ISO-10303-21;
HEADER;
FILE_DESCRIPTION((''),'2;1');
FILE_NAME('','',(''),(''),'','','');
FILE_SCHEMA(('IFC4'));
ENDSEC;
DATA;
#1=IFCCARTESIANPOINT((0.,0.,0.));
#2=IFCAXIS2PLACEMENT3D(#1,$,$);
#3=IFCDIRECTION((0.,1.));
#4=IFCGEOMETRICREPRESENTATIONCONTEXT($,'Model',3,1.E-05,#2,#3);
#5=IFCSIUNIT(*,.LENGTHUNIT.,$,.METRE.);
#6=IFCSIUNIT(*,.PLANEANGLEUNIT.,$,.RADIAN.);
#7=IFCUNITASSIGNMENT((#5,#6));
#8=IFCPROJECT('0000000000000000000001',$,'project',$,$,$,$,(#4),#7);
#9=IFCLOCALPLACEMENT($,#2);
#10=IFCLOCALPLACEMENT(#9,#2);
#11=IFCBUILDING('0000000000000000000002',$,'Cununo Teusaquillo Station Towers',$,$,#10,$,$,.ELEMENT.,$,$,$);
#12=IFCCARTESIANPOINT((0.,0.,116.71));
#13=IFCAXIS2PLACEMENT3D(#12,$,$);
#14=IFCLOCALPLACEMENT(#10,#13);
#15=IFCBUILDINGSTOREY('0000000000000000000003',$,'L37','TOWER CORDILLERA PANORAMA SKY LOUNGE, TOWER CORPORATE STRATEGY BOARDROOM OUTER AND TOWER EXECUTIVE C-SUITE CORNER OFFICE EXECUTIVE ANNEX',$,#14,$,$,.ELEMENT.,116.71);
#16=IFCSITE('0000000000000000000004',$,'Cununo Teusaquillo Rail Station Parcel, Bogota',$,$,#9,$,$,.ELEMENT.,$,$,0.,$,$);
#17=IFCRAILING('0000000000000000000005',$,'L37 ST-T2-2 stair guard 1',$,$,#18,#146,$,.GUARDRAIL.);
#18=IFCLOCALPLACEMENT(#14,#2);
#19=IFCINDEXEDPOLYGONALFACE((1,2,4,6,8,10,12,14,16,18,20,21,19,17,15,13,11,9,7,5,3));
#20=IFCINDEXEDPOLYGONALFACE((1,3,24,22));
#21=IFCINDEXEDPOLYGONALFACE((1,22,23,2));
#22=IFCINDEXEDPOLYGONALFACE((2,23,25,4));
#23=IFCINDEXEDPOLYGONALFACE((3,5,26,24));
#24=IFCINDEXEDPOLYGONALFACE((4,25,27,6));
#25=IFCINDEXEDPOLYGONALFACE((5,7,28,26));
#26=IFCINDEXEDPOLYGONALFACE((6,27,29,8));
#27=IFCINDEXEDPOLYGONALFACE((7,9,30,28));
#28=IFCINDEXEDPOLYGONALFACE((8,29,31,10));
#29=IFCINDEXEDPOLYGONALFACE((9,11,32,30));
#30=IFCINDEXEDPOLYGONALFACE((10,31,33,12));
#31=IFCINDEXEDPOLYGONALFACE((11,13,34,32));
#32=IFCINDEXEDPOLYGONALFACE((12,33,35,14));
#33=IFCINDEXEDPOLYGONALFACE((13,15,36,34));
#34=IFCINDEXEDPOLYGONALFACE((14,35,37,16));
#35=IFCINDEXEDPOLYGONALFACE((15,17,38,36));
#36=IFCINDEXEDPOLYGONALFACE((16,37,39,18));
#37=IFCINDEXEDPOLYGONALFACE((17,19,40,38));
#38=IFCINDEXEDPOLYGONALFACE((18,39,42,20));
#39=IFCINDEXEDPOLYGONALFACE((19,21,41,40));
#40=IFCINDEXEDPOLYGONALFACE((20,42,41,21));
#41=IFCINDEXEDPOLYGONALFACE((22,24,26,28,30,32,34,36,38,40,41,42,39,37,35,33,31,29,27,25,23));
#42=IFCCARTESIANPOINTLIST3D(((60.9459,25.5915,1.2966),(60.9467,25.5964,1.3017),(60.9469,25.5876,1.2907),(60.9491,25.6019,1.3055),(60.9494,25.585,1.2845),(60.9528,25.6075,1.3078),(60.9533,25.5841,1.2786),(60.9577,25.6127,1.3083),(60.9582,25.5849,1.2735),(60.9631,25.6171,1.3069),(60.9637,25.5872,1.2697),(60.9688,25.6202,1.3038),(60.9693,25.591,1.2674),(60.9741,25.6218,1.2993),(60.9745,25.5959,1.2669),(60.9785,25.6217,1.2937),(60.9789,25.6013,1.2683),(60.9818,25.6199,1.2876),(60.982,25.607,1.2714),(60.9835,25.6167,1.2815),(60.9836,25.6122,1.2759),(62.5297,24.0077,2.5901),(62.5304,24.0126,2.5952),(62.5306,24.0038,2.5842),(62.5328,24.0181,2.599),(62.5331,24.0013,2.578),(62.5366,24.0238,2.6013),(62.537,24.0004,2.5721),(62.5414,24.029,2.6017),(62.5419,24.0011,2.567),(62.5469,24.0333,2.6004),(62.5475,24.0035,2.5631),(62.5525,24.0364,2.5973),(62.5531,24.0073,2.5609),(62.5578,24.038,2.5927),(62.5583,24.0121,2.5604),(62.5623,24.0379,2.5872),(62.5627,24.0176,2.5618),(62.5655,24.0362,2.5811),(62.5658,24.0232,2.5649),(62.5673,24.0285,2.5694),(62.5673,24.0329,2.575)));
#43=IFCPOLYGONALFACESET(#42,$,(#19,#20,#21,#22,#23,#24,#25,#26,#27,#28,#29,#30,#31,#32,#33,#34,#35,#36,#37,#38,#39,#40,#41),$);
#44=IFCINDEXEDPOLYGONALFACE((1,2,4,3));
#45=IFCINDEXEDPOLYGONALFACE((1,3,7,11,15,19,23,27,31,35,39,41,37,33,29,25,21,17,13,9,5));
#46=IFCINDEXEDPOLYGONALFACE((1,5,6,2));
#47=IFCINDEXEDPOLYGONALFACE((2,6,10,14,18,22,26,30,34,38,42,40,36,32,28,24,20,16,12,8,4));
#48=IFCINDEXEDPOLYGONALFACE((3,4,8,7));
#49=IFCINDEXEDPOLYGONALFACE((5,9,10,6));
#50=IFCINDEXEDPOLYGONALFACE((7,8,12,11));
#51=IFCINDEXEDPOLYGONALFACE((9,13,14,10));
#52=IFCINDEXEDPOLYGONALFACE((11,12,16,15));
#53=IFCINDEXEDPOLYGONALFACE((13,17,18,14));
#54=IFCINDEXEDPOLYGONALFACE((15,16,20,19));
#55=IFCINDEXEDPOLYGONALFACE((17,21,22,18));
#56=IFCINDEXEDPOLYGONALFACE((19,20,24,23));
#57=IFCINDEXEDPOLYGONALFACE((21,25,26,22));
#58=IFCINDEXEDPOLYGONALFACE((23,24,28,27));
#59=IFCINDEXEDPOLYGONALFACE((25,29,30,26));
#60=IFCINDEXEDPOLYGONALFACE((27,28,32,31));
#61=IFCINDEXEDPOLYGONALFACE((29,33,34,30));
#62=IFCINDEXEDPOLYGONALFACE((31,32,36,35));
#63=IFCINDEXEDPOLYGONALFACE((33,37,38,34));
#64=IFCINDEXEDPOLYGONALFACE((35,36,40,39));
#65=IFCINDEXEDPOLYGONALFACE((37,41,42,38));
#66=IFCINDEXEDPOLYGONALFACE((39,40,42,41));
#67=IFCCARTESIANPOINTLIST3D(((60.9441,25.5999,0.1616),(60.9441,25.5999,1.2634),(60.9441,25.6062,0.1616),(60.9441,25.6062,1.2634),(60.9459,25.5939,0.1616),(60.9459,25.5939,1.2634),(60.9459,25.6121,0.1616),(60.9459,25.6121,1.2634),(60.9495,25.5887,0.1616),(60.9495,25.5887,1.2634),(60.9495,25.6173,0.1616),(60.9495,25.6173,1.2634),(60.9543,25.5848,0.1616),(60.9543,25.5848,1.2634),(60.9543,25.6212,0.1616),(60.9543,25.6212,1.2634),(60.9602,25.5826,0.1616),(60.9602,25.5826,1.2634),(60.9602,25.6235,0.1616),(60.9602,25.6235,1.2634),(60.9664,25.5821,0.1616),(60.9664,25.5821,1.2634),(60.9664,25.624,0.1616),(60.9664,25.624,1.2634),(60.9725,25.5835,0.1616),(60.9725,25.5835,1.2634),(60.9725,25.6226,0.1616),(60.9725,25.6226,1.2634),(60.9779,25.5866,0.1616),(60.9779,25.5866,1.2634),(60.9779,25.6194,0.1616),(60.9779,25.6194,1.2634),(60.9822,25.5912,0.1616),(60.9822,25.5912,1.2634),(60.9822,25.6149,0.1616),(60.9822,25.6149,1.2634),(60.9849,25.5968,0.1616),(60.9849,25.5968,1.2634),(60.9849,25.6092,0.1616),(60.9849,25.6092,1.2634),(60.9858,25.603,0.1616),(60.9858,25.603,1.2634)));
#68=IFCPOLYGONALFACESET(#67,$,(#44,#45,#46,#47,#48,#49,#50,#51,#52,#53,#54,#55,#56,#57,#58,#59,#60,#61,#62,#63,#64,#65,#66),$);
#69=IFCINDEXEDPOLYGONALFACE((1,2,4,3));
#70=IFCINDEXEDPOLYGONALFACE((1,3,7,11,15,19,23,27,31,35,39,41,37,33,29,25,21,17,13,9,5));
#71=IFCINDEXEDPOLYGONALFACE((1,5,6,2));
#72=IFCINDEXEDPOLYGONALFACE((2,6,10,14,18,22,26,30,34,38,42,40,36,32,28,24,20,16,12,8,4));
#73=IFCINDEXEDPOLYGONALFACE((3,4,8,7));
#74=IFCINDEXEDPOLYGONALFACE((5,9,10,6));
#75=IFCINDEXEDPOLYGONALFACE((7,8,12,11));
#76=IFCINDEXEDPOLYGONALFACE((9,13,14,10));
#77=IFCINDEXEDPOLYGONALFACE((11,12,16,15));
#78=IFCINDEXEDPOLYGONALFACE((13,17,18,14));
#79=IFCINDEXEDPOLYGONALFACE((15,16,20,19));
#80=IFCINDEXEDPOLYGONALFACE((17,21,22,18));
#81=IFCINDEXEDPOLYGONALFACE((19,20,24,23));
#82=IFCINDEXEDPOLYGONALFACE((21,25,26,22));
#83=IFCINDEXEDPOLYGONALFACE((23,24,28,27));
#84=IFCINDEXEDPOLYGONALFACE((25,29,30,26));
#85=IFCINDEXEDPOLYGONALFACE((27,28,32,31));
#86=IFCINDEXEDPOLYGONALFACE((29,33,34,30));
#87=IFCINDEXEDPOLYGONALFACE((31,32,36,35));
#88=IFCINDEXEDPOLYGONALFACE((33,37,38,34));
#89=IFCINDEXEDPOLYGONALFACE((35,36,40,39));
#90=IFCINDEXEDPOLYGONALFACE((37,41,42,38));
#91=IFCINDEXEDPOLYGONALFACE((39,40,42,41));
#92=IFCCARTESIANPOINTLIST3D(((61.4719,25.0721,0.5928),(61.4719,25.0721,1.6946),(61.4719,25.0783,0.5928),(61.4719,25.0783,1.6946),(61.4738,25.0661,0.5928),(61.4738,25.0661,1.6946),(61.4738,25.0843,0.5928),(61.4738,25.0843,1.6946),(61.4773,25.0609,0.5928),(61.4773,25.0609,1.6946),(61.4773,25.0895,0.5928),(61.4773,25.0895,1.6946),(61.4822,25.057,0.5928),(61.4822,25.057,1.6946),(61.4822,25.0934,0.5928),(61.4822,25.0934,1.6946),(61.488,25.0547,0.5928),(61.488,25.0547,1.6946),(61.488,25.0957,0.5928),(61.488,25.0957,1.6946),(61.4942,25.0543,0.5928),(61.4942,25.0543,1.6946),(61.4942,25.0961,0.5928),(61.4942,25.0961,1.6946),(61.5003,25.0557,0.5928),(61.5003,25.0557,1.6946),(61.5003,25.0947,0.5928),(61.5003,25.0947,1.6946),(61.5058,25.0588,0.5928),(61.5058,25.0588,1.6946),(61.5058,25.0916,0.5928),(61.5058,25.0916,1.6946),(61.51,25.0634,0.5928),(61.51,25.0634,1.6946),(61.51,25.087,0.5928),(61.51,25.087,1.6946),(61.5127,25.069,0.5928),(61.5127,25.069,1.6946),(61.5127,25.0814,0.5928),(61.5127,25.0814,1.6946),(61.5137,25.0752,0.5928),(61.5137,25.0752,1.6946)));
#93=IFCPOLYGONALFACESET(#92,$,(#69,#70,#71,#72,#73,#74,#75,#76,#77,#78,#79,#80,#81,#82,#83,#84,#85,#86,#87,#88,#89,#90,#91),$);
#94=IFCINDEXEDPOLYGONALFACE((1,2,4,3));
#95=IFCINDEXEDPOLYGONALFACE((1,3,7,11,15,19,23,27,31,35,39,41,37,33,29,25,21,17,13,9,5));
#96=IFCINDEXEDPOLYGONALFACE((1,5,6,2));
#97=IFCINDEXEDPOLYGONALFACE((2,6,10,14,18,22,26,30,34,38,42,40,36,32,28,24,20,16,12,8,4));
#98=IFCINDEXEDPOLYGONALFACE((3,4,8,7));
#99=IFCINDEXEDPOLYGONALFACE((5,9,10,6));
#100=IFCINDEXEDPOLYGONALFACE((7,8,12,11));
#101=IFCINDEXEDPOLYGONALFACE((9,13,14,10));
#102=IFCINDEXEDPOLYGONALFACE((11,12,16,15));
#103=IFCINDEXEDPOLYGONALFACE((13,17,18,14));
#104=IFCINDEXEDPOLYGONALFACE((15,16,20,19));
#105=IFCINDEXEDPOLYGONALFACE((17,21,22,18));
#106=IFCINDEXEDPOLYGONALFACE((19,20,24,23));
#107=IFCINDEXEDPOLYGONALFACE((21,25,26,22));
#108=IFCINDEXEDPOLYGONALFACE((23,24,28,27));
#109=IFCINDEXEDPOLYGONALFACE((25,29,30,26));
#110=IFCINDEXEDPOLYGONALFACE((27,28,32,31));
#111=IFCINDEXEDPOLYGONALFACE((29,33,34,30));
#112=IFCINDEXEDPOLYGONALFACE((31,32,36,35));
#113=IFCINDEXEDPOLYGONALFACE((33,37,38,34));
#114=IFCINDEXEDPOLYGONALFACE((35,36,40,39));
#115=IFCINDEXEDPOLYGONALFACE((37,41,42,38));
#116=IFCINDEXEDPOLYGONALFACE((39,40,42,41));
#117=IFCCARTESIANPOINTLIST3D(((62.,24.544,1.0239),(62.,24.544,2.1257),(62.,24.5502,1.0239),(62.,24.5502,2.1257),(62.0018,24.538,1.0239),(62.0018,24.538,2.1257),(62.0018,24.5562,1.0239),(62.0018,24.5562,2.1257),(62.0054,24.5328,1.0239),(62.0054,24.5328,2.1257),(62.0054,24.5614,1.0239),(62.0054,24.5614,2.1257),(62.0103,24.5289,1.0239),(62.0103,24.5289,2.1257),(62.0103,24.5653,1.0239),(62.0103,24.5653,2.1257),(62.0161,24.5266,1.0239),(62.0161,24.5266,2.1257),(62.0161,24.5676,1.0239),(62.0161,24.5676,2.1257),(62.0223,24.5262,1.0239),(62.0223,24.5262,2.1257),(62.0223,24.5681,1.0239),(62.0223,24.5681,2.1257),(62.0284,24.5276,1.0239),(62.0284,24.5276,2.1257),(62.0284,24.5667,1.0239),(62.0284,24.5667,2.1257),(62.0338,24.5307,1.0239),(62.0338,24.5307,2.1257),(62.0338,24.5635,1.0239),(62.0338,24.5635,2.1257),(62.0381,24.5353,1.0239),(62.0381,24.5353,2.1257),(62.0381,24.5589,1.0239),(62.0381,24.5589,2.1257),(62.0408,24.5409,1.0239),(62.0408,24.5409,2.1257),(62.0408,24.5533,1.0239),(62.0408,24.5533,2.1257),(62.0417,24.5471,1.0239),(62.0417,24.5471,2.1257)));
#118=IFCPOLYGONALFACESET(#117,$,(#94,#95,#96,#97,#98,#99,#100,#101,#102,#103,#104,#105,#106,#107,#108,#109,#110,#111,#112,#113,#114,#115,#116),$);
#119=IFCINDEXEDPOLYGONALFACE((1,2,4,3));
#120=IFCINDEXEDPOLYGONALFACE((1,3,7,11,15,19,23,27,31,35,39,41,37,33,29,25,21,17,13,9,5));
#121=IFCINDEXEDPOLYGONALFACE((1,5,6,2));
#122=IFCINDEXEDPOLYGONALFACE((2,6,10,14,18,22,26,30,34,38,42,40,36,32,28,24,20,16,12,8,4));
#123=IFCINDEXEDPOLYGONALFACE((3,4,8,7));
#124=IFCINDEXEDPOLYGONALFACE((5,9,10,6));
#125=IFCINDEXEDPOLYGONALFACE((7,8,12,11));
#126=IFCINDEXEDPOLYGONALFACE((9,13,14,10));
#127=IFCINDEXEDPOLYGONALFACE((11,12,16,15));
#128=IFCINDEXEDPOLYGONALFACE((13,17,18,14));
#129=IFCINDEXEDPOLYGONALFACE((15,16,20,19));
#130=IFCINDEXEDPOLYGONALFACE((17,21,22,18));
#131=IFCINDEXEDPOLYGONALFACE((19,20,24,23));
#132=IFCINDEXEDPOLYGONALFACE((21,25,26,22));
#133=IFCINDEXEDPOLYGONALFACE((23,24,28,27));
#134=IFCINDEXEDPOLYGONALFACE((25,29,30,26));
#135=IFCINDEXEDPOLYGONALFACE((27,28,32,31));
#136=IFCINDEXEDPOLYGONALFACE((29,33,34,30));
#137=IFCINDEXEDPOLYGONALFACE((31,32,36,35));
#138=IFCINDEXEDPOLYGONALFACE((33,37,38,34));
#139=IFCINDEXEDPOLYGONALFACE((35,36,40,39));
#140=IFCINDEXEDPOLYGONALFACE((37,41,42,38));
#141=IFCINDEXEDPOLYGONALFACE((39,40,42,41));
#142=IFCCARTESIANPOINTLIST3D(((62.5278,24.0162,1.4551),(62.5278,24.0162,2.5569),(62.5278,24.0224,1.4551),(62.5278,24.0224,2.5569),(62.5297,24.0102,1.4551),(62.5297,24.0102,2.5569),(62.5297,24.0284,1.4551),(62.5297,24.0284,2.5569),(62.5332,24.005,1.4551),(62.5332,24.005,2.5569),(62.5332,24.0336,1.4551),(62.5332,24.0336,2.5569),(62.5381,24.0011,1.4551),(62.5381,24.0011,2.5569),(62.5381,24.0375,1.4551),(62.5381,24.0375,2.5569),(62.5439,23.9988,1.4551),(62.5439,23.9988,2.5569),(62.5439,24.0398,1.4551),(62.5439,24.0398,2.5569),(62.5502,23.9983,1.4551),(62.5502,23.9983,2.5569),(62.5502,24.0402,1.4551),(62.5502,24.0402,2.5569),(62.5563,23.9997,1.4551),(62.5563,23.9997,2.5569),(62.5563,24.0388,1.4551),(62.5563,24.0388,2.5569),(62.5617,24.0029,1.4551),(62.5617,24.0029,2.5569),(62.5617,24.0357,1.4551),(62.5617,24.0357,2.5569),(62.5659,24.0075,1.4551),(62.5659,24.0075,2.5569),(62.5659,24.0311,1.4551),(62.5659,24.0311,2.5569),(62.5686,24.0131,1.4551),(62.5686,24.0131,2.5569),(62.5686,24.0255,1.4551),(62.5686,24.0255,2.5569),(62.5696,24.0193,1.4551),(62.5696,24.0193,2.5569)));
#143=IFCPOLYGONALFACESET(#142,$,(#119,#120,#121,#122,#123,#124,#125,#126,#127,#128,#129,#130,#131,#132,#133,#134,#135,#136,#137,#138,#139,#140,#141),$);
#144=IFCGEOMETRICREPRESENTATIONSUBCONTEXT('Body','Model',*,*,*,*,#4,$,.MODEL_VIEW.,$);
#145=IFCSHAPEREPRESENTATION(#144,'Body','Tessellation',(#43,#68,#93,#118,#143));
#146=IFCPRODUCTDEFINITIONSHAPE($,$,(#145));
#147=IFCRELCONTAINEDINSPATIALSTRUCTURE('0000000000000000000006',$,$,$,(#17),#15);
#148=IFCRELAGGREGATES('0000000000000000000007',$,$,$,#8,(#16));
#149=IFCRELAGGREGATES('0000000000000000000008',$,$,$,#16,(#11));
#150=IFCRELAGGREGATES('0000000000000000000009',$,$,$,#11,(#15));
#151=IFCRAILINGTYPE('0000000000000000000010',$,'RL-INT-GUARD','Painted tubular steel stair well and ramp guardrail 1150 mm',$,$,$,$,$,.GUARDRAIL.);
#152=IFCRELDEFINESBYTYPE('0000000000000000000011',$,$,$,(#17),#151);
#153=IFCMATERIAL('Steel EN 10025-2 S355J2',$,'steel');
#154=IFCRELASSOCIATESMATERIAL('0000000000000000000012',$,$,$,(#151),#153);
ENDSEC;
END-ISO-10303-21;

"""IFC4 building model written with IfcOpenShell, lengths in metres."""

from ifc_helpers import new_model, si_unit, direction, frame, origin, origin_2d, place, context, subcontext, project, spatial, circle, extrude, material, type_object, element, save


model = new_model("IFC4")

# Units and contexts
model_context = context("Model", 3, precision=1e-05, world=origin(), true_north=direction((0.0, 1.0)))
body_context = subcontext(model_context, "Body", "Model", "MODEL_VIEW")
ifc_project = project(units=[si_unit("LENGTHUNIT", "METRE"), si_unit("PLANEANGLEUNIT", "RADIAN")], contexts=[model_context])

# Site, building, storey
site_placement = place(None, origin())
site = spatial("IfcSite", under=ifc_project, at=site_placement, Name="Cununo Teusaquillo Rail Station Parcel, Bogota", CompositionType="ELEMENT", RefElevation=0.0)
building_placement = place(site_placement, origin())
building = spatial("IfcBuilding", under=site, at=building_placement, Name="Cununo Teusaquillo Station Towers", CompositionType="ELEMENT")
storey_placement = place(building_placement, frame((0.0, 0.0, 116.71)))
storey = spatial("IfcBuildingStorey", under=building, at=storey_placement, Name="L37", Description="TOWER CORDILLERA PANORAMA SKY LOUNGE, TOWER CORPORATE STRATEGY BOARDROOM OUTER AND TOWER EXECUTIVE C-SUITE CORNER OFFICE EXECUTIVE ANNEX", CompositionType="ELEMENT", Elevation=116.71)

# Railing
ifc_material_1 = material(Name="Steel EN 10025-2 S355J2", Category="steel")
railing_type_1 = type_object("IfcRailingType", Name="RL-INT-GUARD", Description="Painted tubular steel stair well and ramp guardrail 1150 mm", PredefinedType="GUARDRAIL", material=ifc_material_1)
railing_1_placement = place(storey_placement, frame((60.9648, 25.603, 0.1616)))
element("IfcRailing", 1, at=railing_1_placement, inside=storey, type_object=railing_type_1, Name="L37 ST-T2-2 stair guard 1", PredefinedType="GUARDRAIL", context=body_context, shape_type="SweptSolid", body=[
    extrude(circle(Radius=0.0239, at=origin_2d()), frame((0.0, 0.0, 1.126), z_axis=(0.612332, -0.612332, 0.500098), x_axis=(0.707107, 0.707107, 0.0)), (0.0, 0.0, 1.0), 2.5864),
    extrude(circle(Radius=0.021, at=origin_2d()), origin(), (0.0, 0.0, 1.0), 1.1018),
    extrude(circle(Radius=0.021, at=origin_2d()), frame((0.5278, -0.5278, 0.4312)), (0.0, 0.0, 1.0), 1.1018),
    extrude(circle(Radius=0.021, at=origin_2d()), frame((1.0559, -1.0559, 0.8623)), (0.0, 0.0, 1.0), 1.1018),
    extrude(circle(Radius=0.021, at=origin_2d()), frame((1.5837, -1.5837, 1.2935)), (0.0, 0.0, 1.0), 1.1018),
])

save(model, "model.ifc")
